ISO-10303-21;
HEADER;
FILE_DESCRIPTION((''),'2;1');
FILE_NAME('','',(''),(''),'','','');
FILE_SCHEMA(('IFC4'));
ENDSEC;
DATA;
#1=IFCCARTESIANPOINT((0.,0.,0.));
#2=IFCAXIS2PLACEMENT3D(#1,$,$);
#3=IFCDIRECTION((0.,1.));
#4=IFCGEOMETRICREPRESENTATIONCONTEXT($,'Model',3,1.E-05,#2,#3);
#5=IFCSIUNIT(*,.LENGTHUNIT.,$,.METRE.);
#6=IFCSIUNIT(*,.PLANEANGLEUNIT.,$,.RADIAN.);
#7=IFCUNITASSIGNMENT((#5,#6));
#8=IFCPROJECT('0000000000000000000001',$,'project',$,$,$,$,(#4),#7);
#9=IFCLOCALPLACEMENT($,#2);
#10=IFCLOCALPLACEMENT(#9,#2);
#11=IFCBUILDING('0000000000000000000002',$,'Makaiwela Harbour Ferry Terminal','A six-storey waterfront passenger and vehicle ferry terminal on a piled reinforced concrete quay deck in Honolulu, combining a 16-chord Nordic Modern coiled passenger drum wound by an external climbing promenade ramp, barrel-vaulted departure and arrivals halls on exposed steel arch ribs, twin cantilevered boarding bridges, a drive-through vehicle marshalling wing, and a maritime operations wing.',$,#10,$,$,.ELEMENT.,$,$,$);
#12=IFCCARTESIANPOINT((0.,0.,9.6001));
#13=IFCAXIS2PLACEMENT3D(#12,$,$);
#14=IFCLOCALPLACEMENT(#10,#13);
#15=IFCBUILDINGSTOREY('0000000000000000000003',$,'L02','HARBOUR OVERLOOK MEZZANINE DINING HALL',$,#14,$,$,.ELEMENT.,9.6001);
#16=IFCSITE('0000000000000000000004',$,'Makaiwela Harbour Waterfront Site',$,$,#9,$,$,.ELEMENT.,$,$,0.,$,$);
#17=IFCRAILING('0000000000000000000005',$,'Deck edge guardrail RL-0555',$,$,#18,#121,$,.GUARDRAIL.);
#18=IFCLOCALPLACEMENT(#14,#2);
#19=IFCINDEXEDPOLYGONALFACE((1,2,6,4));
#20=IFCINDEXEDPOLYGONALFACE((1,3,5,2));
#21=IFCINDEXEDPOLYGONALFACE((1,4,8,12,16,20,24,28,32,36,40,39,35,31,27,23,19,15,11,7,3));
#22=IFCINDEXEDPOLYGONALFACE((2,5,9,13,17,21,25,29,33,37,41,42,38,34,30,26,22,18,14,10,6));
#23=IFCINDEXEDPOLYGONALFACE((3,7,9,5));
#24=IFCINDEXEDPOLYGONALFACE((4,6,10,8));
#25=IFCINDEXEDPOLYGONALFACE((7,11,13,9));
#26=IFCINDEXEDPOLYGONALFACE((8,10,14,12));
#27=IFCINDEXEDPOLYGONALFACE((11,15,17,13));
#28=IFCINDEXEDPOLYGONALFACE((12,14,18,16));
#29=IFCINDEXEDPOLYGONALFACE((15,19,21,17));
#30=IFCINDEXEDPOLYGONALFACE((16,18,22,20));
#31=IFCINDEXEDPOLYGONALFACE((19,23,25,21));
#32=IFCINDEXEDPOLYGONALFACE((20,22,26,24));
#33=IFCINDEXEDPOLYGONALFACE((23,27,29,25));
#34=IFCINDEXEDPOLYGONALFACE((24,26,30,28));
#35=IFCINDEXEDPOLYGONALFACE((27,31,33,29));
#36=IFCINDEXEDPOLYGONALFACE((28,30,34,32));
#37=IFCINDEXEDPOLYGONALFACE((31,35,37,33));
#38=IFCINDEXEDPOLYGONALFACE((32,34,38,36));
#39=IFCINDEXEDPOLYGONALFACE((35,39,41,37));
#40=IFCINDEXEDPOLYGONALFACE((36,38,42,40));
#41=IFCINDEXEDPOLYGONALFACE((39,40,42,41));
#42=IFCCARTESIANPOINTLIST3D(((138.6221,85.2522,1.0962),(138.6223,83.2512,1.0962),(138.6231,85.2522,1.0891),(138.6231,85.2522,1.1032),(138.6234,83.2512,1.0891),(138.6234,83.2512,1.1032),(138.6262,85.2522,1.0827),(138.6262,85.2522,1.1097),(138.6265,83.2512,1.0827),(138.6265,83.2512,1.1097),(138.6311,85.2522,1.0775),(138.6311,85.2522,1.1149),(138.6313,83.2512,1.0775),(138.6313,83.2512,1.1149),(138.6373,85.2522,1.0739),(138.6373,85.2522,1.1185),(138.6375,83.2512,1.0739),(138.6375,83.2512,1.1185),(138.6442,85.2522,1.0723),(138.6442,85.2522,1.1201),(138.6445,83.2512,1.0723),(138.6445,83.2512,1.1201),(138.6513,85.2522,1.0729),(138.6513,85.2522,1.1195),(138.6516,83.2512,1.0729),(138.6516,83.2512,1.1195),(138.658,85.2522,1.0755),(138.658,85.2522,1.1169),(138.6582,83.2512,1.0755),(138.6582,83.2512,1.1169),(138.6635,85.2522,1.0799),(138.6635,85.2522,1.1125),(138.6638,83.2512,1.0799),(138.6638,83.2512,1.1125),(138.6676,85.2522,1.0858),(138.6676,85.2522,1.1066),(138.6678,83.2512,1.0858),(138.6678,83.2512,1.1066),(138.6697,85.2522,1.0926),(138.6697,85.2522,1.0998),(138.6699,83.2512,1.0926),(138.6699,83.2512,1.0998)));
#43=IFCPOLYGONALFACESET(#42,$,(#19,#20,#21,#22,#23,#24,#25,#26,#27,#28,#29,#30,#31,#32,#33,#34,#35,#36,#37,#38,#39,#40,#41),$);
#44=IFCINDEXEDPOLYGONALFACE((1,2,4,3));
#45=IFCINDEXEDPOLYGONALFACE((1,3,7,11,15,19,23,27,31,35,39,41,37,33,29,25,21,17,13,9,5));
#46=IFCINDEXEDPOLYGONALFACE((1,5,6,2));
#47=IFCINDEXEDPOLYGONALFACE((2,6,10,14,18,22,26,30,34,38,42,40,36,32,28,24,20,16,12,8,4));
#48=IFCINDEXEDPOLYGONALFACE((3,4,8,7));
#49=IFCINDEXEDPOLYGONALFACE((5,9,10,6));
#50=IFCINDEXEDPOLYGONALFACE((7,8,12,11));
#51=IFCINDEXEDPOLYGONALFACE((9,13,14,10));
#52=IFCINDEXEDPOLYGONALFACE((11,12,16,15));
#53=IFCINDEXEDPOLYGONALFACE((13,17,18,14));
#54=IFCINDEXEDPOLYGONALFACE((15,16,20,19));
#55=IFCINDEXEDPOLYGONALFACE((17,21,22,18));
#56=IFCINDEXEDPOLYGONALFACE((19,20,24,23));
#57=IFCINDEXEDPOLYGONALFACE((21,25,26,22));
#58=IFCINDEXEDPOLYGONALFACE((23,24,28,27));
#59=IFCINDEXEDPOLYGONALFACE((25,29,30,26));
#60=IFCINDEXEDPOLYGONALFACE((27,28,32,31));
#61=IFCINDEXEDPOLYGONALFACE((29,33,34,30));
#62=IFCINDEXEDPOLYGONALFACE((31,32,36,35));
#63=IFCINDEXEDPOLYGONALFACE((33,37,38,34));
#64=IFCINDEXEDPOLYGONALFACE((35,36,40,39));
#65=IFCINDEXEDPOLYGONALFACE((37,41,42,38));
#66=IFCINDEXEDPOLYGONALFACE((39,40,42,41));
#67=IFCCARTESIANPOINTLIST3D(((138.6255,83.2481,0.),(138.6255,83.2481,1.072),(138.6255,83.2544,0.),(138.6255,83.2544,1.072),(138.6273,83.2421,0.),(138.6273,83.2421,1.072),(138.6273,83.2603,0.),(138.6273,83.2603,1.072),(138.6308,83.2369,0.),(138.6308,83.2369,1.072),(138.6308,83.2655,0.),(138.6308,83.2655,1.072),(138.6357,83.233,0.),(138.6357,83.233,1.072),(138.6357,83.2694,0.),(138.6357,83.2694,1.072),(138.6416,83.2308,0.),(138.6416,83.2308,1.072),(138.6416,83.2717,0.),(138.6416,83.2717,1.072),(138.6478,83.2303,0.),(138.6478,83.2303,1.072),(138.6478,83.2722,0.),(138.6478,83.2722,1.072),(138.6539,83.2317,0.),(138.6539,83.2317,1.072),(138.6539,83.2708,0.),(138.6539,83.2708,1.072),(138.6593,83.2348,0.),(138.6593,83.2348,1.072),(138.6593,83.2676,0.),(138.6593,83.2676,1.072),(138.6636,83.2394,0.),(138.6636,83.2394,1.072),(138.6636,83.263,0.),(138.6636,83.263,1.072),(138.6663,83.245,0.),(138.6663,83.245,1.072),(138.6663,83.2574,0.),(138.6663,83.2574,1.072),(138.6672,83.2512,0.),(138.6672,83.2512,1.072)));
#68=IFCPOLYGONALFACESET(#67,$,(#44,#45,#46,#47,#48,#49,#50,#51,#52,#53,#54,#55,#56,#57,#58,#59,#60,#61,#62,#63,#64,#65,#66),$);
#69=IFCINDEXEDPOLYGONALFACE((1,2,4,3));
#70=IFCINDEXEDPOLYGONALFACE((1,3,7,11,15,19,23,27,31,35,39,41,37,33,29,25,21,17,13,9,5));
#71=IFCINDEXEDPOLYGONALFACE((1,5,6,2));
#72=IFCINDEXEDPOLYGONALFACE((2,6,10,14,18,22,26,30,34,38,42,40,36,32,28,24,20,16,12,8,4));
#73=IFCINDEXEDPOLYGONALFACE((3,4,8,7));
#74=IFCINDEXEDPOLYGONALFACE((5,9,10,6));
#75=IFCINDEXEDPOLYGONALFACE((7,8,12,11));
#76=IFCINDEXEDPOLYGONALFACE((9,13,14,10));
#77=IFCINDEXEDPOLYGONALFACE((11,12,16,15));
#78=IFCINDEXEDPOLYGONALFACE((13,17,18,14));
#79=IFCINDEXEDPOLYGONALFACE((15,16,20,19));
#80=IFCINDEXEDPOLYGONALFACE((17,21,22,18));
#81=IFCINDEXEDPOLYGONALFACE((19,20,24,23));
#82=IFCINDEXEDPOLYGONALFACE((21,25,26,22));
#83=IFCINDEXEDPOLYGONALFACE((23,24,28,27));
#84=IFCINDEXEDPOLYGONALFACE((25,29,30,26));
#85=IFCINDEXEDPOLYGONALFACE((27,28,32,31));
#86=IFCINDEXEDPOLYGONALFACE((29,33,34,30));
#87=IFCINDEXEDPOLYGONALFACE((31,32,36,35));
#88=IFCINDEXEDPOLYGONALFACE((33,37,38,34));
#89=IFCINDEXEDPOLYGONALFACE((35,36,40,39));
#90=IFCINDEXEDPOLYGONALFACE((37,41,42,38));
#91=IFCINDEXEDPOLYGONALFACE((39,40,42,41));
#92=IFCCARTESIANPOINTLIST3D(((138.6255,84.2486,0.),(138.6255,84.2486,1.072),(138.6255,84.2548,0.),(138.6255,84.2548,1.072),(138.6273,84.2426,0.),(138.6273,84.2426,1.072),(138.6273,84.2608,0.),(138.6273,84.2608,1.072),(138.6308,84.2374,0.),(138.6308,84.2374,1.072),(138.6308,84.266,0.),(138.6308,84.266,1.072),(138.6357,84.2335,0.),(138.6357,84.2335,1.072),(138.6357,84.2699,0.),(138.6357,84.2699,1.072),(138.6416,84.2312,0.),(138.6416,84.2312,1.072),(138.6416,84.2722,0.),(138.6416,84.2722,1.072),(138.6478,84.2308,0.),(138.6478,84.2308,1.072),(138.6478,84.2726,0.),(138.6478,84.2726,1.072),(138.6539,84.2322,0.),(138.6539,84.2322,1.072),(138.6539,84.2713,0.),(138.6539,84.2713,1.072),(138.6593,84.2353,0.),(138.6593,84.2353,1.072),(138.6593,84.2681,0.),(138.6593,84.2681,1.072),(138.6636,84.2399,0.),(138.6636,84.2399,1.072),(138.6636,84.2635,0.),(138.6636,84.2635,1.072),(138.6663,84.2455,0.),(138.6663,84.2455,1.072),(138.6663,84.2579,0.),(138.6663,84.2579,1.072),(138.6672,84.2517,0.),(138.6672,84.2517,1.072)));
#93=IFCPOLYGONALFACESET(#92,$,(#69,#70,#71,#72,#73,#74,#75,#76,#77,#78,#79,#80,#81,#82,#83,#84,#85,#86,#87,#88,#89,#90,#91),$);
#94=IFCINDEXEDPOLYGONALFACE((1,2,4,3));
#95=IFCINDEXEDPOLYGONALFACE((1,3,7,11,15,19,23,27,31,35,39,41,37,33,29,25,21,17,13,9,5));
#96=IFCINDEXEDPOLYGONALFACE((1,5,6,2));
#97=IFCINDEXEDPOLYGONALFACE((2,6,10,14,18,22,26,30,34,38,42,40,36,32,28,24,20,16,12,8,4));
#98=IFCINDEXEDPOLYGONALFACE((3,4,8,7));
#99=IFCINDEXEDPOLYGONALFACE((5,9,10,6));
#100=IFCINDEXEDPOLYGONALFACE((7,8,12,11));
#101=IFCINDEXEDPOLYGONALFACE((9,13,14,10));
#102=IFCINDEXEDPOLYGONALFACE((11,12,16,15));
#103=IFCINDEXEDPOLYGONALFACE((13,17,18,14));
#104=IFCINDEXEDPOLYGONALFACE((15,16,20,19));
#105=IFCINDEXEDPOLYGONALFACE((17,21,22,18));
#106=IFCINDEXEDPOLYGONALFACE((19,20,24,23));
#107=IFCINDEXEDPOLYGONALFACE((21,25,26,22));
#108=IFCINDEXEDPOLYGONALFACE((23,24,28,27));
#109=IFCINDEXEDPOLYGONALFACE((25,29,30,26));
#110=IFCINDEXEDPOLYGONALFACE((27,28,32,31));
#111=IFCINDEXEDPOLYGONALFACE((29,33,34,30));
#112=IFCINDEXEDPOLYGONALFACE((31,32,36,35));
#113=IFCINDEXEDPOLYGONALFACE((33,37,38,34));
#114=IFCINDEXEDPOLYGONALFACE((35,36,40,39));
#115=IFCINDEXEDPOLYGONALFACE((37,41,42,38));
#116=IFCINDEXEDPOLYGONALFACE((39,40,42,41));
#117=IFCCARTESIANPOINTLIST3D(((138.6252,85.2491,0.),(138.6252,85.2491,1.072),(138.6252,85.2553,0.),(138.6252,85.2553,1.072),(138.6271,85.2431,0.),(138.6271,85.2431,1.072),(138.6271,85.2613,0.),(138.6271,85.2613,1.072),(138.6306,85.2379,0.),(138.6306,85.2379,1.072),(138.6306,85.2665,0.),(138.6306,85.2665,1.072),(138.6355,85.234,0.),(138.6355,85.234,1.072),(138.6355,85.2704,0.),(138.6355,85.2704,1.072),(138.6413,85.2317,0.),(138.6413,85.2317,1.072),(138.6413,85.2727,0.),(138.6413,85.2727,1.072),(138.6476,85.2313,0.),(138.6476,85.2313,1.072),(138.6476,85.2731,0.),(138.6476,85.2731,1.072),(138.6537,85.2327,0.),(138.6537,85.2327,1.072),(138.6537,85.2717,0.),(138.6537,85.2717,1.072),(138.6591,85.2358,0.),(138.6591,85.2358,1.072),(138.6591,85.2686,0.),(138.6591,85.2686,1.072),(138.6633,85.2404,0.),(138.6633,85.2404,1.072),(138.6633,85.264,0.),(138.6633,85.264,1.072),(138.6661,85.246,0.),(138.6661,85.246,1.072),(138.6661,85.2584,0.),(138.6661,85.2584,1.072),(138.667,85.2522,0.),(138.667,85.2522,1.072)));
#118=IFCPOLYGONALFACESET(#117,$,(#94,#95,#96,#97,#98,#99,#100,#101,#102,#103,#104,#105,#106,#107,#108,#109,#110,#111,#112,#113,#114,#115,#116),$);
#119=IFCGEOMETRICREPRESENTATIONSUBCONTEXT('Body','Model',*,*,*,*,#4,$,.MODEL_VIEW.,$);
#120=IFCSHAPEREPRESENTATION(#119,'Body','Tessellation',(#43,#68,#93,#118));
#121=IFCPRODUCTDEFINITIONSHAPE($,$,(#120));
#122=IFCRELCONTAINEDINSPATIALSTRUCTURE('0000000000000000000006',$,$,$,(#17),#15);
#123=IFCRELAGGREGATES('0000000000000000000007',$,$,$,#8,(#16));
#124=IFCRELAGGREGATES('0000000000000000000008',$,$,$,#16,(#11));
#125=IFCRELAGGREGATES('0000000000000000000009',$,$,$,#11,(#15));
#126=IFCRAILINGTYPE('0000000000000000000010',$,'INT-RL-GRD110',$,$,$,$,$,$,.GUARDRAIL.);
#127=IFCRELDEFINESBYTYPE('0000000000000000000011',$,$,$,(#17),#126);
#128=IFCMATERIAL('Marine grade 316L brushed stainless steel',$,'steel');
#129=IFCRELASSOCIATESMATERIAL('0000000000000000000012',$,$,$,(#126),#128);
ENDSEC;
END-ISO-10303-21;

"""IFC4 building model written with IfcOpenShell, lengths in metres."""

from ifc_helpers import new_model, si_unit, direction, frame, origin, origin_2d, place, context, subcontext, project, spatial, circle, extrude, material, type_object, element, save


model = new_model("IFC4")

# Units and contexts
model_context = context("Model", 3, precision=1e-05, world=origin(), true_north=direction((0.0, 1.0)))
body_context = subcontext(model_context, "Body", "Model", "MODEL_VIEW")
ifc_project = project(units=[si_unit("LENGTHUNIT", "METRE"), si_unit("PLANEANGLEUNIT", "RADIAN")], contexts=[model_context])

# Site, building, storey
site_placement = place(None, origin())
site = spatial("IfcSite", under=ifc_project, at=site_placement, Name="Makaiwela Harbour Waterfront Site", CompositionType="ELEMENT", RefElevation=0.0)
building_placement = place(site_placement, origin())
building = spatial("IfcBuilding", under=site, at=building_placement, Name="Makaiwela Harbour Ferry Terminal", Description="A six-storey waterfront passenger and vehicle ferry terminal on a piled reinforced concrete quay deck in Honolulu, combining a 16-chord Nordic Modern coiled passenger drum wound by an external climbing promenade ramp, barrel-vaulted departure and arrivals halls on exposed steel arch ribs, twin cantilevered boarding bridges, a drive-through vehicle marshalling wing, and a maritime operations wing.", CompositionType="ELEMENT")
storey_placement = place(building_placement, frame((0.0, 0.0, 9.6001)))
storey = spatial("IfcBuildingStorey", under=building, at=storey_placement, Name="L02", Description="HARBOUR OVERLOOK MEZZANINE DINING HALL", CompositionType="ELEMENT", Elevation=9.6001)

# Railing
ifc_material_1 = material(Name="Marine grade 316L brushed stainless steel", Category="steel")
railing_type = type_object("IfcRailingType", Name="INT-RL-GRD110", PredefinedType="GUARDRAIL", material=ifc_material_1)
railing_1_placement = place(storey_placement, frame((138.6462, 83.2512, 0.0)))
element("IfcRailing", 1, at=railing_1_placement, inside=storey, type_object=railing_type, Name="Deck edge guardrail RL-0555", PredefinedType="GUARDRAIL", context=body_context, shape_type="SweptSolid", body=[
    extrude(circle(Radius=0.0239, at=origin_2d()), frame((0.0, 0.0, 1.0962), z_axis=(-0.000122, 1.0, 0.0), x_axis=(-1.0, -0.000122, 0.0)), (0.0, 0.0, 1.0), 2.001),
    extrude(circle(Radius=0.021, at=origin_2d()), origin(), (0.0, 0.0, 1.0), 1.072),
    extrude(circle(Radius=0.021, at=origin_2d()), frame((0.0, 1.0005, 0.0)), (0.0, 0.0, 1.0), 1.072),
    extrude(circle(Radius=0.021, at=origin_2d()), frame((-0.0002, 2.001, 0.0)), (0.0, 0.0, 1.0), 1.072),
])

save(model, "model.ifc")
